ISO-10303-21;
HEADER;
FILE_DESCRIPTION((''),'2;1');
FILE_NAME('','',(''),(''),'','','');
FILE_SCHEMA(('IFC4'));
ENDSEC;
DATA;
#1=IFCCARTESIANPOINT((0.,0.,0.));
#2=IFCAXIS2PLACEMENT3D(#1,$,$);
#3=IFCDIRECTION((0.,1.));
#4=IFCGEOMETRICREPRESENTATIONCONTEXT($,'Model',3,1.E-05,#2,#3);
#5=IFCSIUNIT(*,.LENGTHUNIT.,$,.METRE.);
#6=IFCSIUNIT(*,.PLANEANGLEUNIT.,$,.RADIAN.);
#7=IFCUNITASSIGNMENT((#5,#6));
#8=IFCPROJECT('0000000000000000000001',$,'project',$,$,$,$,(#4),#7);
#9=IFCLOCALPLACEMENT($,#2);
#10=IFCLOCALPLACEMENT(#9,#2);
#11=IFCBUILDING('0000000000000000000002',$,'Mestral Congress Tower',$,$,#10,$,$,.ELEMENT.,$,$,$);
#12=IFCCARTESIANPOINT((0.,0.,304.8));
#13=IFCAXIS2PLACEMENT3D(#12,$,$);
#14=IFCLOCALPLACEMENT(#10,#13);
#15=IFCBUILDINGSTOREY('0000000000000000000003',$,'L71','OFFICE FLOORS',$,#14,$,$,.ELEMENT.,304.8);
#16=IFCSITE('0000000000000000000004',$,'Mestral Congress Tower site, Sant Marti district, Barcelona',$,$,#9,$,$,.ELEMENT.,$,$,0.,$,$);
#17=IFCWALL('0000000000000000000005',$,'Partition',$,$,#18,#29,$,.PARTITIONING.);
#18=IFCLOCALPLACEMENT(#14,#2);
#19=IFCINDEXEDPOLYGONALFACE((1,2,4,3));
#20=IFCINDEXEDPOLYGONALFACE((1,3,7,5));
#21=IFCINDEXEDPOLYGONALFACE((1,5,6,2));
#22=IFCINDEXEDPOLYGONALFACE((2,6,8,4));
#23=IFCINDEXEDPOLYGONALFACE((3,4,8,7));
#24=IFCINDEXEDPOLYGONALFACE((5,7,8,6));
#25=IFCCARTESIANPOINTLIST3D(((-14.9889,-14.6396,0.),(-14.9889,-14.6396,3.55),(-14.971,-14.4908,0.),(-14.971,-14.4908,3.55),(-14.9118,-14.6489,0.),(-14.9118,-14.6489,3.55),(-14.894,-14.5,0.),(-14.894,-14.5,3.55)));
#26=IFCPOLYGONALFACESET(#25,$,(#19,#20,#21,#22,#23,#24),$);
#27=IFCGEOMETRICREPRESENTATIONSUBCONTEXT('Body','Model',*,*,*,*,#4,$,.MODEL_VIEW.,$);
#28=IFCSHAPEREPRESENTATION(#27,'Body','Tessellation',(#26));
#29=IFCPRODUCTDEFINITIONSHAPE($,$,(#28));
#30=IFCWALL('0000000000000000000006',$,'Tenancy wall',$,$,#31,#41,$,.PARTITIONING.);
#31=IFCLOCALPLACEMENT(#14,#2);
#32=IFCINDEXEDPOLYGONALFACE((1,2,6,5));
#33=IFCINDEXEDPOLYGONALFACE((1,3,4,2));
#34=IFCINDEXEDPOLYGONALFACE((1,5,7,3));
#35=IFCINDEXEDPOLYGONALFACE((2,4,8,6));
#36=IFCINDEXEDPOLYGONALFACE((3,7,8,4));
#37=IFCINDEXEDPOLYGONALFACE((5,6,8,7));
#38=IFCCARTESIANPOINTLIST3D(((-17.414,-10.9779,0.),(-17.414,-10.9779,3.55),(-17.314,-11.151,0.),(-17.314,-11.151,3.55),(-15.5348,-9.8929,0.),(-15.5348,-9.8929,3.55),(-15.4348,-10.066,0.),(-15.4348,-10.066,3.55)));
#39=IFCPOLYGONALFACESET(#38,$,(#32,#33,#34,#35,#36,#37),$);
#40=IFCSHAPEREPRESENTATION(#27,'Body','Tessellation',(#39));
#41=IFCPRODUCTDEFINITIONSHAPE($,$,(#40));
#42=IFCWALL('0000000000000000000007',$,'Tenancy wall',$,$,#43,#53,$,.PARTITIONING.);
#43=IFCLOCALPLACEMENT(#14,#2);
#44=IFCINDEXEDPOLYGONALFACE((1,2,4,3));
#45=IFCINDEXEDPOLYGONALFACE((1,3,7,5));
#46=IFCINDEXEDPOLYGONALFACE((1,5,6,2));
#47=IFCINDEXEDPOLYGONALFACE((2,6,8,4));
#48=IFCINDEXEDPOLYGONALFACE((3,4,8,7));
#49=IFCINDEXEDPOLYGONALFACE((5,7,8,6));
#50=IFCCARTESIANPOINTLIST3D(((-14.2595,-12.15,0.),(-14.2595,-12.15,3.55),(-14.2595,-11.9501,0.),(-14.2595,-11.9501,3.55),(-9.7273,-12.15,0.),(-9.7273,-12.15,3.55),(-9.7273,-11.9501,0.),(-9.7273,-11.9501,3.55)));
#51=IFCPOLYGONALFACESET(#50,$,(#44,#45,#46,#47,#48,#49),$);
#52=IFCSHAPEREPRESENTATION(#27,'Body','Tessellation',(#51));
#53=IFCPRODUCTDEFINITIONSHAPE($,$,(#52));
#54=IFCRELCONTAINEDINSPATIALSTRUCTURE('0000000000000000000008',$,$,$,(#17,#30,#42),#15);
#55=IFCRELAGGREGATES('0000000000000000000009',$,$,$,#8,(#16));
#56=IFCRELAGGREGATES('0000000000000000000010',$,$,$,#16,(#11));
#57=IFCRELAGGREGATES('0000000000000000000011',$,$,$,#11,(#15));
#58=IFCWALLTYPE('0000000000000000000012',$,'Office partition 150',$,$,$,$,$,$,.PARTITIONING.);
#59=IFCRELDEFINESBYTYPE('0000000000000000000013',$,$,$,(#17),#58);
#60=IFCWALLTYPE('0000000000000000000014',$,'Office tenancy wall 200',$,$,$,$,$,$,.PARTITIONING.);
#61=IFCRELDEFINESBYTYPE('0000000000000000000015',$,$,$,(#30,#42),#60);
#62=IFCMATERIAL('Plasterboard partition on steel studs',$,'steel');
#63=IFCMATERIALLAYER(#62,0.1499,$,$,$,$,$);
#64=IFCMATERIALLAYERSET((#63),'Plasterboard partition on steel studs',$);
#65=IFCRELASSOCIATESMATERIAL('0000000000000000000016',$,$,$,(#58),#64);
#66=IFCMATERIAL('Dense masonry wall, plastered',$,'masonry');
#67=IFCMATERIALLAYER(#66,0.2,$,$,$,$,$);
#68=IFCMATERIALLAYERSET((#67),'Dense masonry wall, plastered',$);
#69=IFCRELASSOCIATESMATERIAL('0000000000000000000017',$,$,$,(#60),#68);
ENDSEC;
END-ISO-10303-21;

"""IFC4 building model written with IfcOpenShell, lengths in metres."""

from ifc_helpers import new_model, si_unit, direction, frame, frame_2d, origin, place, context, subcontext, project, spatial, rectangle, extrude, material, layer, layer_set, type_object, element, save


model = new_model("IFC4")

# Units and contexts
model_context = context("Model", 3, precision=1e-05, world=origin(), true_north=direction((0.0, 1.0)))
body_context = subcontext(model_context, "Body", "Model", "MODEL_VIEW")
ifc_project = project(units=[si_unit("LENGTHUNIT", "METRE"), si_unit("PLANEANGLEUNIT", "RADIAN")], contexts=[model_context])

# Site, building, storey
site_placement = place(None, origin())
site = spatial("IfcSite", under=ifc_project, at=site_placement, Name="Mestral Congress Tower site, Sant Marti district, Barcelona", CompositionType="ELEMENT", RefElevation=0.0)
building_placement = place(site_placement, origin())
building = spatial("IfcBuilding", under=site, at=building_placement, Name="Mestral Congress Tower", CompositionType="ELEMENT")
storey_placement = place(building_placement, frame((0.0, 0.0, 304.8)))
storey = spatial("IfcBuildingStorey", under=building, at=storey_placement, Name="L71", Description="OFFICE FLOORS", CompositionType="ELEMENT", Elevation=304.8)

# Shared definitions
ifc_material_1 = material(Name="Plasterboard partition on steel studs", Category="steel")
ifc_layer_1 = layer(ifc_material_1, 0.1499)
ifc_layer_set_1 = layer_set([ifc_layer_1], Name="Plasterboard partition on steel studs")
wall_type_1 = type_object("IfcWallType", Name="Office partition 150", PredefinedType="PARTITIONING", material=ifc_layer_set_1)

# Walls
wall_1_placement = place(storey_placement, frame((-14.98, -14.5652, 0.0), z_axis=(0.0, 0.0, 1.0), x_axis=(0.992847, -0.119393, 0.0)))
element("IfcWall", 1, at=wall_1_placement, inside=storey, type_object=wall_type_1, Name="Partition", PredefinedType="PARTITIONING", context=body_context, shape_type="SweptSolid", body=[
    extrude(rectangle(XDim=0.0776, YDim=0.1499, at=frame_2d((0.0388, 0.0))), origin(), (0.0, 0.0, 1.0), 3.55),
])
ifc_material_2 = material(Name="Dense masonry wall, plastered", Category="masonry")
ifc_layer_2 = layer(ifc_material_2, 0.2)
ifc_layer_set_2 = layer_set([ifc_layer_2], Name="Dense masonry wall, plastered")
wall_type_2 = type_object("IfcWallType", Name="Office tenancy wall 200", PredefinedType="PARTITIONING", material=ifc_layer_set_2)
wall_2_placement = place(storey_placement, frame((-17.364, -11.0645, 0.0), z_axis=(0.0, 0.0, 1.0), x_axis=(0.866019, 0.500011, 0.0)))
element("IfcWall", 2, at=wall_2_placement, inside=storey, type_object=wall_type_2, Name="Tenancy wall", PredefinedType="PARTITIONING", context=body_context, shape_type="SweptSolid", body=[
    extrude(rectangle(XDim=2.1699, YDim=0.2, at=frame_2d((1.085, 0.0))), origin(), (0.0, 0.0, 1.0), 3.55),
])
wall_3_placement = place(storey_placement, frame((-14.2595, -12.05, 0.0), z_axis=(0.0, 0.0, 1.0), x_axis=(1.0, 0.0, 0.0)))
element("IfcWall", 3, at=wall_3_placement, inside=storey, type_object=wall_type_2, Name="Tenancy wall", PredefinedType="PARTITIONING", context=body_context, shape_type="SweptSolid", body=[
    extrude(rectangle(XDim=4.5322, YDim=0.2, at=frame_2d((2.2661, 0.0))), origin(), (0.0, 0.0, 1.0), 3.55),
])

save(model, "model.ifc")
